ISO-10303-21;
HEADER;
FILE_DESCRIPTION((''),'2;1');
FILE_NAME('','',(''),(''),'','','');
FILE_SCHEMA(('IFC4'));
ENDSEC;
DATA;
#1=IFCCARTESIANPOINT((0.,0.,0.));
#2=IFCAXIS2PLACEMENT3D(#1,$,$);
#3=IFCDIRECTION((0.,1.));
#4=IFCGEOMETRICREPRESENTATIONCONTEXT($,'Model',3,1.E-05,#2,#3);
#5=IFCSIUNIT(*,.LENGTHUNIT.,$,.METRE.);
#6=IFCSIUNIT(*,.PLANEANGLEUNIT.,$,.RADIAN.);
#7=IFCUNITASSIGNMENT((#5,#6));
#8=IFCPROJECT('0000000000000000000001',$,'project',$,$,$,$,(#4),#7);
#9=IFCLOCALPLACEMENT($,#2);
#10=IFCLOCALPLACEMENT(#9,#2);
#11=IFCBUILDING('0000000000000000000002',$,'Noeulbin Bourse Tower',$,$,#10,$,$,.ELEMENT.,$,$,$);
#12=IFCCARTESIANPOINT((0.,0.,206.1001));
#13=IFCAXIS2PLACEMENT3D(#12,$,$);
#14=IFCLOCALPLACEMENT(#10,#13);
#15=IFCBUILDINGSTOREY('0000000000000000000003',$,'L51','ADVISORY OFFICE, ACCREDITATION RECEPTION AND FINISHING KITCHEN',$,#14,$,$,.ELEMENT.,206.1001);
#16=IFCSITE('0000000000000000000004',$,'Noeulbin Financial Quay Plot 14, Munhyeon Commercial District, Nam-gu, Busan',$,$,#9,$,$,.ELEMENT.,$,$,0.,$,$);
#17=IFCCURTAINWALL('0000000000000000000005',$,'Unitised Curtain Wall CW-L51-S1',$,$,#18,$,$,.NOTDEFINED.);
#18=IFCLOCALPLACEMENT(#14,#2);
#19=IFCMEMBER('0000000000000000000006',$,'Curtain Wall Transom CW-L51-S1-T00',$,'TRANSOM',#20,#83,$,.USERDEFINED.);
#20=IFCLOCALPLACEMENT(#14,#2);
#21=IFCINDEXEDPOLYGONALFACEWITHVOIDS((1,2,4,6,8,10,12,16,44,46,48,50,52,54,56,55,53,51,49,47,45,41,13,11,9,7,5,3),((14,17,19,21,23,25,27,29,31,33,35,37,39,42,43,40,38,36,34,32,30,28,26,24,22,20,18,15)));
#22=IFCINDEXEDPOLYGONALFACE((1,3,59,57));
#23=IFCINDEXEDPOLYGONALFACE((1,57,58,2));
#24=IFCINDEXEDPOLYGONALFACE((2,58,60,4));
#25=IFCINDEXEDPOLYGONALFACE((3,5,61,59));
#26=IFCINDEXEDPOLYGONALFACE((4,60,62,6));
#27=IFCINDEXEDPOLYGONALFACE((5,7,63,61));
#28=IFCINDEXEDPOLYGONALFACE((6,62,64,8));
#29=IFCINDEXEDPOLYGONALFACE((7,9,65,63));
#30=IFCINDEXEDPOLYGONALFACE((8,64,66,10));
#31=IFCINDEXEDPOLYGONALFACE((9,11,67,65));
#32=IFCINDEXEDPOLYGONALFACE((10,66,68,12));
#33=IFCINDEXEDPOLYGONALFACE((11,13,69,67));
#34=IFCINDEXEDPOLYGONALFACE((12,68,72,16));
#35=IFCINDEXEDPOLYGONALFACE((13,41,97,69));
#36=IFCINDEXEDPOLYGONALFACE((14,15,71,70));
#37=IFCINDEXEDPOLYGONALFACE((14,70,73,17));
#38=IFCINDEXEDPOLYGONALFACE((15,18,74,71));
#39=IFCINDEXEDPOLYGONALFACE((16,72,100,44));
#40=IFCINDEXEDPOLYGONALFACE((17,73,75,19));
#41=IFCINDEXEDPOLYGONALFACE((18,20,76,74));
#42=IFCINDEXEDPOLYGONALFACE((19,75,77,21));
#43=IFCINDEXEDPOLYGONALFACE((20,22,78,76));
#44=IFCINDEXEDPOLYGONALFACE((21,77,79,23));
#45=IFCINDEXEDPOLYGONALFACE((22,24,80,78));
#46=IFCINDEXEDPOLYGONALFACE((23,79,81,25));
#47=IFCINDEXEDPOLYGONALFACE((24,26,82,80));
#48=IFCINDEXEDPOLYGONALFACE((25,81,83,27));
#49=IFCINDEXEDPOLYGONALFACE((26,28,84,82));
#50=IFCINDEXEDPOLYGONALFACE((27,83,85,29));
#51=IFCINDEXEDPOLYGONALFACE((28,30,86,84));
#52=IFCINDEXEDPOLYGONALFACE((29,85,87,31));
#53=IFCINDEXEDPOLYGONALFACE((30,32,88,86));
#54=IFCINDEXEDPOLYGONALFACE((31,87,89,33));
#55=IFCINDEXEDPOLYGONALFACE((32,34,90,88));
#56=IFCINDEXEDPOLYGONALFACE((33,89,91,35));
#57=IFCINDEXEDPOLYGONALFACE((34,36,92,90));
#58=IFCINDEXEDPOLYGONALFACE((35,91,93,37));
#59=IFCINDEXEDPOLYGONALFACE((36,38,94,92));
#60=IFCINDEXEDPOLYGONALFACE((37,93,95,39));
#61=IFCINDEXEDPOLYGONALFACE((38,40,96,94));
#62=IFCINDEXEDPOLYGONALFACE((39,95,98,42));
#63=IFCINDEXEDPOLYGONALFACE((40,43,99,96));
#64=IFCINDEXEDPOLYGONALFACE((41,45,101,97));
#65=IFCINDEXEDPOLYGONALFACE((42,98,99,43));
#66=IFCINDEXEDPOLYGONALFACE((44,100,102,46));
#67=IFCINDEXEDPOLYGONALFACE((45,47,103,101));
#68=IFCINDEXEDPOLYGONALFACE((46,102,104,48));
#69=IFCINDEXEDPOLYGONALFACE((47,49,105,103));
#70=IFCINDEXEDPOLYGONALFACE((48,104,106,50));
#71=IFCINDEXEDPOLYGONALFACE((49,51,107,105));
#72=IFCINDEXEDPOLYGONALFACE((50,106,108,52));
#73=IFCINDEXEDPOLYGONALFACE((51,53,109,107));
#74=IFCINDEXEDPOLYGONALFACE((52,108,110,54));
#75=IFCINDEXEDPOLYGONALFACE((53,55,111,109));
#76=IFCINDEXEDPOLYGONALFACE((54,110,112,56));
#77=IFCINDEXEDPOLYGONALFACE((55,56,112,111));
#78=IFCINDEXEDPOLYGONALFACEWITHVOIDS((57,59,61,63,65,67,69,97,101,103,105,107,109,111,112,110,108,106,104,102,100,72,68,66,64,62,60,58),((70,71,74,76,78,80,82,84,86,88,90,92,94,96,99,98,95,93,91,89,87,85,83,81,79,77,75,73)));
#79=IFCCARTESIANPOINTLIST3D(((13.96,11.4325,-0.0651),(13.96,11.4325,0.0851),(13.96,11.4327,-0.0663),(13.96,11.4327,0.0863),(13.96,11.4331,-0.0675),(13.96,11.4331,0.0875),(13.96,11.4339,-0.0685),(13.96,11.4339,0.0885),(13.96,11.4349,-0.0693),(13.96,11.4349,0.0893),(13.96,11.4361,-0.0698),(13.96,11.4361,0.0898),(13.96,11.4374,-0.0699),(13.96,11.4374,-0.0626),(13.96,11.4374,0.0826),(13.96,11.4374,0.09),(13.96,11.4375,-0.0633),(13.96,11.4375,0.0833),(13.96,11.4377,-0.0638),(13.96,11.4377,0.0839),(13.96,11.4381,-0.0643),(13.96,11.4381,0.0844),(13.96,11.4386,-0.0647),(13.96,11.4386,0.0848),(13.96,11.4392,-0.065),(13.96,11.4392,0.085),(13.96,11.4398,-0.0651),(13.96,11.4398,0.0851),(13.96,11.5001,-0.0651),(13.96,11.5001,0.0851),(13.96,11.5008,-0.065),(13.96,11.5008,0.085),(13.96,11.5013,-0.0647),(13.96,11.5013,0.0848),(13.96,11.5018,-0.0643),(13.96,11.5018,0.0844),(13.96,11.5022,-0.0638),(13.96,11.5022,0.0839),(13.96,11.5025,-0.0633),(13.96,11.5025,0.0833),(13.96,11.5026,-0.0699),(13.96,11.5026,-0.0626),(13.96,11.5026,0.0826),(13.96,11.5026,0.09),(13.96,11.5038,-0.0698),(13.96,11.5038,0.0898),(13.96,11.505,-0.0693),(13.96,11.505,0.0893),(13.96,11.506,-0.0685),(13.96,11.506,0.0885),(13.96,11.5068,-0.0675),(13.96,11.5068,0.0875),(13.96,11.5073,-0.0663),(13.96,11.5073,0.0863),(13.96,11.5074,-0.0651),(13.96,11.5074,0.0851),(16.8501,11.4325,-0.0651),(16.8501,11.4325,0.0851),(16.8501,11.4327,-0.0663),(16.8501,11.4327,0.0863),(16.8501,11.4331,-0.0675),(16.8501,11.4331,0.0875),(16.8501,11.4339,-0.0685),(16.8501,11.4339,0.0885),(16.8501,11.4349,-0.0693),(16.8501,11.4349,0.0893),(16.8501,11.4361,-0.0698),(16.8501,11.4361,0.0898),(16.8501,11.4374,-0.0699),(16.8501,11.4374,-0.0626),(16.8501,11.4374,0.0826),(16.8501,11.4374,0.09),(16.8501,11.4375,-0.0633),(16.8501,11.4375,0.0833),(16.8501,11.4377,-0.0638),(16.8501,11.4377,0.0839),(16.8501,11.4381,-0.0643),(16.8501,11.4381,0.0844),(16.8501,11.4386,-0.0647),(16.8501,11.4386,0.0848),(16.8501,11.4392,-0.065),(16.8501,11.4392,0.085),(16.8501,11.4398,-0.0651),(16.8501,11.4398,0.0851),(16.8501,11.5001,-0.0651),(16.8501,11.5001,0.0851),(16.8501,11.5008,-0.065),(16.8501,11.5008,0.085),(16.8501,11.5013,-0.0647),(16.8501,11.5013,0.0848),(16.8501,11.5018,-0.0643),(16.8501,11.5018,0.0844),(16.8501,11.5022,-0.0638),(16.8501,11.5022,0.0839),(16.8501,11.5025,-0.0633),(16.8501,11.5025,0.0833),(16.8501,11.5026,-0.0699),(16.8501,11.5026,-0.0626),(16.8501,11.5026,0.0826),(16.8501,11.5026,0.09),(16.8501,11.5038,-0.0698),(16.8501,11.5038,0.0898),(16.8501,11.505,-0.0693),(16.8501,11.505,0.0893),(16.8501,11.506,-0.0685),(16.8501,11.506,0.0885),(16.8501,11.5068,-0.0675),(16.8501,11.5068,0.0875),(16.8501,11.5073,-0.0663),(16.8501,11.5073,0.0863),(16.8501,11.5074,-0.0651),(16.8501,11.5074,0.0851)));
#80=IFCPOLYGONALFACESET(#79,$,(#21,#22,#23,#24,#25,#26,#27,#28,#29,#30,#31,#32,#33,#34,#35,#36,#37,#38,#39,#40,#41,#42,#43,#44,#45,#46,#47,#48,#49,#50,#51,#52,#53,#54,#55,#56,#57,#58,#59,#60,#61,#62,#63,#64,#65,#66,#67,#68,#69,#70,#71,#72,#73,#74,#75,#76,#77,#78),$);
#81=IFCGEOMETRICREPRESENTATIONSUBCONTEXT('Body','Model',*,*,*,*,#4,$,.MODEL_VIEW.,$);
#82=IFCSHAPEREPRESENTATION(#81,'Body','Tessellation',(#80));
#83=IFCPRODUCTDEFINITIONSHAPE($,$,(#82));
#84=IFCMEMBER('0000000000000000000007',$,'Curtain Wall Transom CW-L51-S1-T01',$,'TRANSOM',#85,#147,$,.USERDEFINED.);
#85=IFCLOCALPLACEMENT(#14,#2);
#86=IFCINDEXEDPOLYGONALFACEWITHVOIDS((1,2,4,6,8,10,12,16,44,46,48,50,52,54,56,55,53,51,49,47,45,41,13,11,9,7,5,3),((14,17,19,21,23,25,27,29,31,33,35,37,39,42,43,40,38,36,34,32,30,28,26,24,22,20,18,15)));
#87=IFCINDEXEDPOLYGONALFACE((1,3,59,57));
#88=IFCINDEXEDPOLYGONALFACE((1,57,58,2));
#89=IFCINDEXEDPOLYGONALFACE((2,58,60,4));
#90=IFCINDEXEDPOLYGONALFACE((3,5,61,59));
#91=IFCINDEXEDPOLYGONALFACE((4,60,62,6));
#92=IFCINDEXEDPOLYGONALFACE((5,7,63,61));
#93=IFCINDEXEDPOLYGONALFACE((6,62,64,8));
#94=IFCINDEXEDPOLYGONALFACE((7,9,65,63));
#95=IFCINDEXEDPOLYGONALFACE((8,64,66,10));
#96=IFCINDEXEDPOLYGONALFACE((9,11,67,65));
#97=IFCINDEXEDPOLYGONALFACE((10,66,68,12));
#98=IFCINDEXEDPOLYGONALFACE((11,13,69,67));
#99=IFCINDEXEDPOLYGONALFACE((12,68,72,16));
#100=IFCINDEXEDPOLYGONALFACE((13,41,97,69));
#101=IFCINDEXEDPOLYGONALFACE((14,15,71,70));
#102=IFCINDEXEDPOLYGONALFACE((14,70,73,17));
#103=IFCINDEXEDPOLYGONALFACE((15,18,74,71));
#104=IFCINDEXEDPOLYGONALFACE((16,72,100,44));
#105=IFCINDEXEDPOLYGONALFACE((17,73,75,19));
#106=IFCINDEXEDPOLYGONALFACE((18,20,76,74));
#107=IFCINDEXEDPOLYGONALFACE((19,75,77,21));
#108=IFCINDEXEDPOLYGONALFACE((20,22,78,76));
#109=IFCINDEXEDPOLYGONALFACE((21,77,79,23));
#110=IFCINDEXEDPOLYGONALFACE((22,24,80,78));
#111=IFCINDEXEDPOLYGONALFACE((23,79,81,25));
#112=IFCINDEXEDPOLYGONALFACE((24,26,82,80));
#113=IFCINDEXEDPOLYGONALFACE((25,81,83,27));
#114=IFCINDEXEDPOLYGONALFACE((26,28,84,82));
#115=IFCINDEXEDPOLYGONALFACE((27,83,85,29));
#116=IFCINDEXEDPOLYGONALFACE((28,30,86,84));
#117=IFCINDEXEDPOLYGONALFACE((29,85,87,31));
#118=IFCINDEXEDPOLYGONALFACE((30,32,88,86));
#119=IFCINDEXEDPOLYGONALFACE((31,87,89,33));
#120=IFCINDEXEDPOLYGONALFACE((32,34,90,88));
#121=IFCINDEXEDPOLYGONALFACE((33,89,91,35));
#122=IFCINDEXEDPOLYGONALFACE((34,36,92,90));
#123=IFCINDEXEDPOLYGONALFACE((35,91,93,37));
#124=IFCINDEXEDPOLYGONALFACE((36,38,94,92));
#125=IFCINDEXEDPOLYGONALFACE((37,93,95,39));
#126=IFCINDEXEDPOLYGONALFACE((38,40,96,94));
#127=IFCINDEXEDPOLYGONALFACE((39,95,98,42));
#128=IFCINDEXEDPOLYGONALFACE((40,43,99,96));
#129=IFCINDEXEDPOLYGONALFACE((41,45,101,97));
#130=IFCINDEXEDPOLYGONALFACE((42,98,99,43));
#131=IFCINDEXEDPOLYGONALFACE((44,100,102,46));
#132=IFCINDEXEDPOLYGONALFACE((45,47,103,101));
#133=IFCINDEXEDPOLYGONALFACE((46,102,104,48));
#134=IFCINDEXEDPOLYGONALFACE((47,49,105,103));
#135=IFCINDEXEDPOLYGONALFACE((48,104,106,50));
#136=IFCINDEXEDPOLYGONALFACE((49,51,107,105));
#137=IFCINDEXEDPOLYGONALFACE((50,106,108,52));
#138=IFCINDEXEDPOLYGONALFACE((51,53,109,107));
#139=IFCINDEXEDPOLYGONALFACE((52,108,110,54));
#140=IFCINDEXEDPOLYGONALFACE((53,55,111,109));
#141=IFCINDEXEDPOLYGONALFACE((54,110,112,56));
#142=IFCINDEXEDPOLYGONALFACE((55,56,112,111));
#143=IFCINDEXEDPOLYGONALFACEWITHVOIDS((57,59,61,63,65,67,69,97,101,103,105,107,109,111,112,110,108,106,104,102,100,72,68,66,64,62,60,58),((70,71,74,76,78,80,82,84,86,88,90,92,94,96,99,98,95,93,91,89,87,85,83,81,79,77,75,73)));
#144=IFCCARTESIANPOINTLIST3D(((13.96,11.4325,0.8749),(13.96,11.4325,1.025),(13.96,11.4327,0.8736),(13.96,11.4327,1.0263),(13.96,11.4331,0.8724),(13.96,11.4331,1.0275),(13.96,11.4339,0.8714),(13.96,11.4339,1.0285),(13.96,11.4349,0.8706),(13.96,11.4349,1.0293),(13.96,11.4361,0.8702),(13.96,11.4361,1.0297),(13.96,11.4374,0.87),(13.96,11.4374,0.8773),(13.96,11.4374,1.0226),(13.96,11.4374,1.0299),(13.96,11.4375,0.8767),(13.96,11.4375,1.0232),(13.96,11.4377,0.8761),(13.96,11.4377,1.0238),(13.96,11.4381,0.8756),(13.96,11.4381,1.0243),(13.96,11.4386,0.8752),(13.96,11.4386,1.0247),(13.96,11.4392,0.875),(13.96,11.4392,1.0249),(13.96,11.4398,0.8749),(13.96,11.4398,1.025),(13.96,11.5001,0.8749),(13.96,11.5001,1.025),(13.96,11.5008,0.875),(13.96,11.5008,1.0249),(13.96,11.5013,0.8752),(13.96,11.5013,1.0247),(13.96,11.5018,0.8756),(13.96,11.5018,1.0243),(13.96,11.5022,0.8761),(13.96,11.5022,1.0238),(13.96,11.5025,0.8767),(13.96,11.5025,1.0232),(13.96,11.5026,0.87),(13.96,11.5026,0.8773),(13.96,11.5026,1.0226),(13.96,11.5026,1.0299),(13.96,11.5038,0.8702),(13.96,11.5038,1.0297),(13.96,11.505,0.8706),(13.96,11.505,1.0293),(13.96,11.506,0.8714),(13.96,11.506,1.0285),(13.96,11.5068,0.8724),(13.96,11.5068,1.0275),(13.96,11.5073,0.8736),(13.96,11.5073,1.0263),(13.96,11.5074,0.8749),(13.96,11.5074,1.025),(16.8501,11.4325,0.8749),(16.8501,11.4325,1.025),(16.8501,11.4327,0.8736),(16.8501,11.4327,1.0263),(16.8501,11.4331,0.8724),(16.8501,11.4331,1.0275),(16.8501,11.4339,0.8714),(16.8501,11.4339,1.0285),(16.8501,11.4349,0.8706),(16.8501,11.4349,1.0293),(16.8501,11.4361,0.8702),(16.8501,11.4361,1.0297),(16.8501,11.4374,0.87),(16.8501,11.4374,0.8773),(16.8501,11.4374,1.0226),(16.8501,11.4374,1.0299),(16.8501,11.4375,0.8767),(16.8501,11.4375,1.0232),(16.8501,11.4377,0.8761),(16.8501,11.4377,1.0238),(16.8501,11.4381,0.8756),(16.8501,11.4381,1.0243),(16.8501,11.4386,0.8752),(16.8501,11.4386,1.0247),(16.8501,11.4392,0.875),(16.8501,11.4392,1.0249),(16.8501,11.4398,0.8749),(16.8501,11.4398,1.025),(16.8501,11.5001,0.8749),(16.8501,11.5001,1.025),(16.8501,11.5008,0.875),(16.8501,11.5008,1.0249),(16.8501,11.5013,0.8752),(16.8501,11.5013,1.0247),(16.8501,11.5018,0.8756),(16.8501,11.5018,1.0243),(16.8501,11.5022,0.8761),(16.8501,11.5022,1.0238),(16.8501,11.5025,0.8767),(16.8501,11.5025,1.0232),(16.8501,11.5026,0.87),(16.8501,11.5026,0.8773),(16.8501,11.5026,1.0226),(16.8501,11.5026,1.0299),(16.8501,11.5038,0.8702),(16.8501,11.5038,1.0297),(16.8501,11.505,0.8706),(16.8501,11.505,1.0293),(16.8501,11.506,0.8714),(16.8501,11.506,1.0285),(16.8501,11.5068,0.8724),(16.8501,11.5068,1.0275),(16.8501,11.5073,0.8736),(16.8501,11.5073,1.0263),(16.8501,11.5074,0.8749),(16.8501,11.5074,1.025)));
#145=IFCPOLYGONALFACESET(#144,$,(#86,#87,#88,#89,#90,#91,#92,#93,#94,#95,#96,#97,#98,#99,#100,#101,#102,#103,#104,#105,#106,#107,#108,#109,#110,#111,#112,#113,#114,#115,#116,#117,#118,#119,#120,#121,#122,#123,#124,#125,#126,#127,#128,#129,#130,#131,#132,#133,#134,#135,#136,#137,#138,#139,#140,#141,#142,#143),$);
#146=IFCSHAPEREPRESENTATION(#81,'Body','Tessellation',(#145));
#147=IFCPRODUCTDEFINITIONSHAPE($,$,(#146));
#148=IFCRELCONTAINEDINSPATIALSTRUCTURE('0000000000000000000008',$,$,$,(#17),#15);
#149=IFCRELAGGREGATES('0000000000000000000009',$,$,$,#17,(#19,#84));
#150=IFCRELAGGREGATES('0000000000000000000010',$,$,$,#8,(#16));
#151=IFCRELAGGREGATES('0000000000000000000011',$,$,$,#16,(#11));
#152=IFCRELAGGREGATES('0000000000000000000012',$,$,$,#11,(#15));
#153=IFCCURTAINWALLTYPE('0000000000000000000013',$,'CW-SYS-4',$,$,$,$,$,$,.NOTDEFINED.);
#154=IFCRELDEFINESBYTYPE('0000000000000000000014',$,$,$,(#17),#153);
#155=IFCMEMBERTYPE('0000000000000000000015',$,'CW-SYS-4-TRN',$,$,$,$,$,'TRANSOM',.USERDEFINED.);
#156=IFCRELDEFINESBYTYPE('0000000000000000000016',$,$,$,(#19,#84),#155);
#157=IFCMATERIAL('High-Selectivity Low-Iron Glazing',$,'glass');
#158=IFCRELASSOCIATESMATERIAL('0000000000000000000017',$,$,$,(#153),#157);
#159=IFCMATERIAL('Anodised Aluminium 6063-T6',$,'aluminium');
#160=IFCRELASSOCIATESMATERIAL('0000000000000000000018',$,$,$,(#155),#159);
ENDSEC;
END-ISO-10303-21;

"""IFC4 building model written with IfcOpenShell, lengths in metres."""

from ifc_helpers import new_model, si_unit, direction, frame, origin, origin_2d, place, context, subcontext, project, spatial, hollow_rectangle, extrude, material, material_profile, profile_set, type_object, element, aggregate, save


model = new_model("IFC4")

# Units and contexts
model_context = context("Model", 3, precision=1e-05, world=origin(), true_north=direction((0.0, 1.0)))
body_context = subcontext(model_context, "Body", "Model", "MODEL_VIEW")
ifc_project = project(units=[si_unit("LENGTHUNIT", "METRE"), si_unit("PLANEANGLEUNIT", "RADIAN")], contexts=[model_context])

# Site, building, storey
site_placement = place(None, origin())
site = spatial("IfcSite", under=ifc_project, at=site_placement, Name="Noeulbin Financial Quay Plot 14, Munhyeon Commercial District, Nam-gu, Busan", CompositionType="ELEMENT", RefElevation=0.0)
building_placement = place(site_placement, origin())
building = spatial("IfcBuilding", under=site, at=building_placement, Name="Noeulbin Bourse Tower", CompositionType="ELEMENT")
storey_placement = place(building_placement, frame((0.0, 0.0, 206.1001)))
storey = spatial("IfcBuildingStorey", under=building, at=storey_placement, Name="L51", Description="ADVISORY OFFICE, ACCREDITATION RECEPTION AND FINISHING KITCHEN", CompositionType="ELEMENT", Elevation=206.1001)

# Curtain wall, members
ifc_material_1 = material(Name="High-Selectivity Low-Iron Glazing", Category="glass")
curtain_wall_type = type_object("IfcCurtainWallType", Name="CW-SYS-4", PredefinedType="NOTDEFINED", material=ifc_material_1)
curtain_wall_placement = place(storey_placement, origin())
curtain_wall = element("IfcCurtainWall", 1, at=curtain_wall_placement, inside=storey, type_object=curtain_wall_type, Name="Unitised Curtain Wall CW-L51-S1", PredefinedType="NOTDEFINED")
ifc_material_2 = material(Name="Anodised Aluminium 6063-T6", Category="aluminium")
ifc_material_profile_1 = material_profile(ifc_material_2, hollow_rectangle(XDim=0.075, YDim=0.1599, WallThickness=0.0049, InnerFilletRadius=0.0024, OuterFilletRadius=0.0049, at=origin_2d()), Name="ALU-TRAN-75x160x5", Category="LoadBearing")
ifc_profile_set_1 = profile_set([ifc_material_profile_1], Name="Anodised Aluminium 6063-T6")
member_type_1 = type_object("IfcMemberType", Name="CW-SYS-4-TRN", ElementType="TRANSOM", PredefinedType="USERDEFINED", material=ifc_profile_set_1)
member_1_placement = place(storey_placement, frame((13.96, 11.47, 0.01), z_axis=(1.0, 0.0, 0.0), x_axis=(0.0, 1.0, 0.0)))
member_1 = element("IfcMember", 2, at=member_1_placement, type_object=member_type_1, Name="Curtain Wall Transom CW-L51-S1-T00", ObjectType="TRANSOM", PredefinedType="USERDEFINED", context=body_context, shape_type="SweptSolid", body=[
    extrude(hollow_rectangle(XDim=0.075, YDim=0.1599, WallThickness=0.0049, InnerFilletRadius=0.0024, OuterFilletRadius=0.0049, at=origin_2d()), origin(), (0.0, 0.0, 1.0), 2.8901),
])
member_2_placement = place(storey_placement, frame((13.96, 11.47, 0.95), z_axis=(1.0, 0.0, 0.0), x_axis=(0.0, 1.0, 0.0)))
member_2 = element("IfcMember", 3, at=member_2_placement, type_object=member_type_1, Name="Curtain Wall Transom CW-L51-S1-T01", ObjectType="TRANSOM", PredefinedType="USERDEFINED", context=body_context, shape_type="SweptSolid", body=[
    extrude(hollow_rectangle(XDim=0.075, YDim=0.1599, WallThickness=0.0049, InnerFilletRadius=0.0024, OuterFilletRadius=0.0049, at=origin_2d()), origin(), (0.0, 0.0, 1.0), 2.8901),
])
aggregate(curtain_wall, [member_1, member_2])

save(model, "model.ifc")
